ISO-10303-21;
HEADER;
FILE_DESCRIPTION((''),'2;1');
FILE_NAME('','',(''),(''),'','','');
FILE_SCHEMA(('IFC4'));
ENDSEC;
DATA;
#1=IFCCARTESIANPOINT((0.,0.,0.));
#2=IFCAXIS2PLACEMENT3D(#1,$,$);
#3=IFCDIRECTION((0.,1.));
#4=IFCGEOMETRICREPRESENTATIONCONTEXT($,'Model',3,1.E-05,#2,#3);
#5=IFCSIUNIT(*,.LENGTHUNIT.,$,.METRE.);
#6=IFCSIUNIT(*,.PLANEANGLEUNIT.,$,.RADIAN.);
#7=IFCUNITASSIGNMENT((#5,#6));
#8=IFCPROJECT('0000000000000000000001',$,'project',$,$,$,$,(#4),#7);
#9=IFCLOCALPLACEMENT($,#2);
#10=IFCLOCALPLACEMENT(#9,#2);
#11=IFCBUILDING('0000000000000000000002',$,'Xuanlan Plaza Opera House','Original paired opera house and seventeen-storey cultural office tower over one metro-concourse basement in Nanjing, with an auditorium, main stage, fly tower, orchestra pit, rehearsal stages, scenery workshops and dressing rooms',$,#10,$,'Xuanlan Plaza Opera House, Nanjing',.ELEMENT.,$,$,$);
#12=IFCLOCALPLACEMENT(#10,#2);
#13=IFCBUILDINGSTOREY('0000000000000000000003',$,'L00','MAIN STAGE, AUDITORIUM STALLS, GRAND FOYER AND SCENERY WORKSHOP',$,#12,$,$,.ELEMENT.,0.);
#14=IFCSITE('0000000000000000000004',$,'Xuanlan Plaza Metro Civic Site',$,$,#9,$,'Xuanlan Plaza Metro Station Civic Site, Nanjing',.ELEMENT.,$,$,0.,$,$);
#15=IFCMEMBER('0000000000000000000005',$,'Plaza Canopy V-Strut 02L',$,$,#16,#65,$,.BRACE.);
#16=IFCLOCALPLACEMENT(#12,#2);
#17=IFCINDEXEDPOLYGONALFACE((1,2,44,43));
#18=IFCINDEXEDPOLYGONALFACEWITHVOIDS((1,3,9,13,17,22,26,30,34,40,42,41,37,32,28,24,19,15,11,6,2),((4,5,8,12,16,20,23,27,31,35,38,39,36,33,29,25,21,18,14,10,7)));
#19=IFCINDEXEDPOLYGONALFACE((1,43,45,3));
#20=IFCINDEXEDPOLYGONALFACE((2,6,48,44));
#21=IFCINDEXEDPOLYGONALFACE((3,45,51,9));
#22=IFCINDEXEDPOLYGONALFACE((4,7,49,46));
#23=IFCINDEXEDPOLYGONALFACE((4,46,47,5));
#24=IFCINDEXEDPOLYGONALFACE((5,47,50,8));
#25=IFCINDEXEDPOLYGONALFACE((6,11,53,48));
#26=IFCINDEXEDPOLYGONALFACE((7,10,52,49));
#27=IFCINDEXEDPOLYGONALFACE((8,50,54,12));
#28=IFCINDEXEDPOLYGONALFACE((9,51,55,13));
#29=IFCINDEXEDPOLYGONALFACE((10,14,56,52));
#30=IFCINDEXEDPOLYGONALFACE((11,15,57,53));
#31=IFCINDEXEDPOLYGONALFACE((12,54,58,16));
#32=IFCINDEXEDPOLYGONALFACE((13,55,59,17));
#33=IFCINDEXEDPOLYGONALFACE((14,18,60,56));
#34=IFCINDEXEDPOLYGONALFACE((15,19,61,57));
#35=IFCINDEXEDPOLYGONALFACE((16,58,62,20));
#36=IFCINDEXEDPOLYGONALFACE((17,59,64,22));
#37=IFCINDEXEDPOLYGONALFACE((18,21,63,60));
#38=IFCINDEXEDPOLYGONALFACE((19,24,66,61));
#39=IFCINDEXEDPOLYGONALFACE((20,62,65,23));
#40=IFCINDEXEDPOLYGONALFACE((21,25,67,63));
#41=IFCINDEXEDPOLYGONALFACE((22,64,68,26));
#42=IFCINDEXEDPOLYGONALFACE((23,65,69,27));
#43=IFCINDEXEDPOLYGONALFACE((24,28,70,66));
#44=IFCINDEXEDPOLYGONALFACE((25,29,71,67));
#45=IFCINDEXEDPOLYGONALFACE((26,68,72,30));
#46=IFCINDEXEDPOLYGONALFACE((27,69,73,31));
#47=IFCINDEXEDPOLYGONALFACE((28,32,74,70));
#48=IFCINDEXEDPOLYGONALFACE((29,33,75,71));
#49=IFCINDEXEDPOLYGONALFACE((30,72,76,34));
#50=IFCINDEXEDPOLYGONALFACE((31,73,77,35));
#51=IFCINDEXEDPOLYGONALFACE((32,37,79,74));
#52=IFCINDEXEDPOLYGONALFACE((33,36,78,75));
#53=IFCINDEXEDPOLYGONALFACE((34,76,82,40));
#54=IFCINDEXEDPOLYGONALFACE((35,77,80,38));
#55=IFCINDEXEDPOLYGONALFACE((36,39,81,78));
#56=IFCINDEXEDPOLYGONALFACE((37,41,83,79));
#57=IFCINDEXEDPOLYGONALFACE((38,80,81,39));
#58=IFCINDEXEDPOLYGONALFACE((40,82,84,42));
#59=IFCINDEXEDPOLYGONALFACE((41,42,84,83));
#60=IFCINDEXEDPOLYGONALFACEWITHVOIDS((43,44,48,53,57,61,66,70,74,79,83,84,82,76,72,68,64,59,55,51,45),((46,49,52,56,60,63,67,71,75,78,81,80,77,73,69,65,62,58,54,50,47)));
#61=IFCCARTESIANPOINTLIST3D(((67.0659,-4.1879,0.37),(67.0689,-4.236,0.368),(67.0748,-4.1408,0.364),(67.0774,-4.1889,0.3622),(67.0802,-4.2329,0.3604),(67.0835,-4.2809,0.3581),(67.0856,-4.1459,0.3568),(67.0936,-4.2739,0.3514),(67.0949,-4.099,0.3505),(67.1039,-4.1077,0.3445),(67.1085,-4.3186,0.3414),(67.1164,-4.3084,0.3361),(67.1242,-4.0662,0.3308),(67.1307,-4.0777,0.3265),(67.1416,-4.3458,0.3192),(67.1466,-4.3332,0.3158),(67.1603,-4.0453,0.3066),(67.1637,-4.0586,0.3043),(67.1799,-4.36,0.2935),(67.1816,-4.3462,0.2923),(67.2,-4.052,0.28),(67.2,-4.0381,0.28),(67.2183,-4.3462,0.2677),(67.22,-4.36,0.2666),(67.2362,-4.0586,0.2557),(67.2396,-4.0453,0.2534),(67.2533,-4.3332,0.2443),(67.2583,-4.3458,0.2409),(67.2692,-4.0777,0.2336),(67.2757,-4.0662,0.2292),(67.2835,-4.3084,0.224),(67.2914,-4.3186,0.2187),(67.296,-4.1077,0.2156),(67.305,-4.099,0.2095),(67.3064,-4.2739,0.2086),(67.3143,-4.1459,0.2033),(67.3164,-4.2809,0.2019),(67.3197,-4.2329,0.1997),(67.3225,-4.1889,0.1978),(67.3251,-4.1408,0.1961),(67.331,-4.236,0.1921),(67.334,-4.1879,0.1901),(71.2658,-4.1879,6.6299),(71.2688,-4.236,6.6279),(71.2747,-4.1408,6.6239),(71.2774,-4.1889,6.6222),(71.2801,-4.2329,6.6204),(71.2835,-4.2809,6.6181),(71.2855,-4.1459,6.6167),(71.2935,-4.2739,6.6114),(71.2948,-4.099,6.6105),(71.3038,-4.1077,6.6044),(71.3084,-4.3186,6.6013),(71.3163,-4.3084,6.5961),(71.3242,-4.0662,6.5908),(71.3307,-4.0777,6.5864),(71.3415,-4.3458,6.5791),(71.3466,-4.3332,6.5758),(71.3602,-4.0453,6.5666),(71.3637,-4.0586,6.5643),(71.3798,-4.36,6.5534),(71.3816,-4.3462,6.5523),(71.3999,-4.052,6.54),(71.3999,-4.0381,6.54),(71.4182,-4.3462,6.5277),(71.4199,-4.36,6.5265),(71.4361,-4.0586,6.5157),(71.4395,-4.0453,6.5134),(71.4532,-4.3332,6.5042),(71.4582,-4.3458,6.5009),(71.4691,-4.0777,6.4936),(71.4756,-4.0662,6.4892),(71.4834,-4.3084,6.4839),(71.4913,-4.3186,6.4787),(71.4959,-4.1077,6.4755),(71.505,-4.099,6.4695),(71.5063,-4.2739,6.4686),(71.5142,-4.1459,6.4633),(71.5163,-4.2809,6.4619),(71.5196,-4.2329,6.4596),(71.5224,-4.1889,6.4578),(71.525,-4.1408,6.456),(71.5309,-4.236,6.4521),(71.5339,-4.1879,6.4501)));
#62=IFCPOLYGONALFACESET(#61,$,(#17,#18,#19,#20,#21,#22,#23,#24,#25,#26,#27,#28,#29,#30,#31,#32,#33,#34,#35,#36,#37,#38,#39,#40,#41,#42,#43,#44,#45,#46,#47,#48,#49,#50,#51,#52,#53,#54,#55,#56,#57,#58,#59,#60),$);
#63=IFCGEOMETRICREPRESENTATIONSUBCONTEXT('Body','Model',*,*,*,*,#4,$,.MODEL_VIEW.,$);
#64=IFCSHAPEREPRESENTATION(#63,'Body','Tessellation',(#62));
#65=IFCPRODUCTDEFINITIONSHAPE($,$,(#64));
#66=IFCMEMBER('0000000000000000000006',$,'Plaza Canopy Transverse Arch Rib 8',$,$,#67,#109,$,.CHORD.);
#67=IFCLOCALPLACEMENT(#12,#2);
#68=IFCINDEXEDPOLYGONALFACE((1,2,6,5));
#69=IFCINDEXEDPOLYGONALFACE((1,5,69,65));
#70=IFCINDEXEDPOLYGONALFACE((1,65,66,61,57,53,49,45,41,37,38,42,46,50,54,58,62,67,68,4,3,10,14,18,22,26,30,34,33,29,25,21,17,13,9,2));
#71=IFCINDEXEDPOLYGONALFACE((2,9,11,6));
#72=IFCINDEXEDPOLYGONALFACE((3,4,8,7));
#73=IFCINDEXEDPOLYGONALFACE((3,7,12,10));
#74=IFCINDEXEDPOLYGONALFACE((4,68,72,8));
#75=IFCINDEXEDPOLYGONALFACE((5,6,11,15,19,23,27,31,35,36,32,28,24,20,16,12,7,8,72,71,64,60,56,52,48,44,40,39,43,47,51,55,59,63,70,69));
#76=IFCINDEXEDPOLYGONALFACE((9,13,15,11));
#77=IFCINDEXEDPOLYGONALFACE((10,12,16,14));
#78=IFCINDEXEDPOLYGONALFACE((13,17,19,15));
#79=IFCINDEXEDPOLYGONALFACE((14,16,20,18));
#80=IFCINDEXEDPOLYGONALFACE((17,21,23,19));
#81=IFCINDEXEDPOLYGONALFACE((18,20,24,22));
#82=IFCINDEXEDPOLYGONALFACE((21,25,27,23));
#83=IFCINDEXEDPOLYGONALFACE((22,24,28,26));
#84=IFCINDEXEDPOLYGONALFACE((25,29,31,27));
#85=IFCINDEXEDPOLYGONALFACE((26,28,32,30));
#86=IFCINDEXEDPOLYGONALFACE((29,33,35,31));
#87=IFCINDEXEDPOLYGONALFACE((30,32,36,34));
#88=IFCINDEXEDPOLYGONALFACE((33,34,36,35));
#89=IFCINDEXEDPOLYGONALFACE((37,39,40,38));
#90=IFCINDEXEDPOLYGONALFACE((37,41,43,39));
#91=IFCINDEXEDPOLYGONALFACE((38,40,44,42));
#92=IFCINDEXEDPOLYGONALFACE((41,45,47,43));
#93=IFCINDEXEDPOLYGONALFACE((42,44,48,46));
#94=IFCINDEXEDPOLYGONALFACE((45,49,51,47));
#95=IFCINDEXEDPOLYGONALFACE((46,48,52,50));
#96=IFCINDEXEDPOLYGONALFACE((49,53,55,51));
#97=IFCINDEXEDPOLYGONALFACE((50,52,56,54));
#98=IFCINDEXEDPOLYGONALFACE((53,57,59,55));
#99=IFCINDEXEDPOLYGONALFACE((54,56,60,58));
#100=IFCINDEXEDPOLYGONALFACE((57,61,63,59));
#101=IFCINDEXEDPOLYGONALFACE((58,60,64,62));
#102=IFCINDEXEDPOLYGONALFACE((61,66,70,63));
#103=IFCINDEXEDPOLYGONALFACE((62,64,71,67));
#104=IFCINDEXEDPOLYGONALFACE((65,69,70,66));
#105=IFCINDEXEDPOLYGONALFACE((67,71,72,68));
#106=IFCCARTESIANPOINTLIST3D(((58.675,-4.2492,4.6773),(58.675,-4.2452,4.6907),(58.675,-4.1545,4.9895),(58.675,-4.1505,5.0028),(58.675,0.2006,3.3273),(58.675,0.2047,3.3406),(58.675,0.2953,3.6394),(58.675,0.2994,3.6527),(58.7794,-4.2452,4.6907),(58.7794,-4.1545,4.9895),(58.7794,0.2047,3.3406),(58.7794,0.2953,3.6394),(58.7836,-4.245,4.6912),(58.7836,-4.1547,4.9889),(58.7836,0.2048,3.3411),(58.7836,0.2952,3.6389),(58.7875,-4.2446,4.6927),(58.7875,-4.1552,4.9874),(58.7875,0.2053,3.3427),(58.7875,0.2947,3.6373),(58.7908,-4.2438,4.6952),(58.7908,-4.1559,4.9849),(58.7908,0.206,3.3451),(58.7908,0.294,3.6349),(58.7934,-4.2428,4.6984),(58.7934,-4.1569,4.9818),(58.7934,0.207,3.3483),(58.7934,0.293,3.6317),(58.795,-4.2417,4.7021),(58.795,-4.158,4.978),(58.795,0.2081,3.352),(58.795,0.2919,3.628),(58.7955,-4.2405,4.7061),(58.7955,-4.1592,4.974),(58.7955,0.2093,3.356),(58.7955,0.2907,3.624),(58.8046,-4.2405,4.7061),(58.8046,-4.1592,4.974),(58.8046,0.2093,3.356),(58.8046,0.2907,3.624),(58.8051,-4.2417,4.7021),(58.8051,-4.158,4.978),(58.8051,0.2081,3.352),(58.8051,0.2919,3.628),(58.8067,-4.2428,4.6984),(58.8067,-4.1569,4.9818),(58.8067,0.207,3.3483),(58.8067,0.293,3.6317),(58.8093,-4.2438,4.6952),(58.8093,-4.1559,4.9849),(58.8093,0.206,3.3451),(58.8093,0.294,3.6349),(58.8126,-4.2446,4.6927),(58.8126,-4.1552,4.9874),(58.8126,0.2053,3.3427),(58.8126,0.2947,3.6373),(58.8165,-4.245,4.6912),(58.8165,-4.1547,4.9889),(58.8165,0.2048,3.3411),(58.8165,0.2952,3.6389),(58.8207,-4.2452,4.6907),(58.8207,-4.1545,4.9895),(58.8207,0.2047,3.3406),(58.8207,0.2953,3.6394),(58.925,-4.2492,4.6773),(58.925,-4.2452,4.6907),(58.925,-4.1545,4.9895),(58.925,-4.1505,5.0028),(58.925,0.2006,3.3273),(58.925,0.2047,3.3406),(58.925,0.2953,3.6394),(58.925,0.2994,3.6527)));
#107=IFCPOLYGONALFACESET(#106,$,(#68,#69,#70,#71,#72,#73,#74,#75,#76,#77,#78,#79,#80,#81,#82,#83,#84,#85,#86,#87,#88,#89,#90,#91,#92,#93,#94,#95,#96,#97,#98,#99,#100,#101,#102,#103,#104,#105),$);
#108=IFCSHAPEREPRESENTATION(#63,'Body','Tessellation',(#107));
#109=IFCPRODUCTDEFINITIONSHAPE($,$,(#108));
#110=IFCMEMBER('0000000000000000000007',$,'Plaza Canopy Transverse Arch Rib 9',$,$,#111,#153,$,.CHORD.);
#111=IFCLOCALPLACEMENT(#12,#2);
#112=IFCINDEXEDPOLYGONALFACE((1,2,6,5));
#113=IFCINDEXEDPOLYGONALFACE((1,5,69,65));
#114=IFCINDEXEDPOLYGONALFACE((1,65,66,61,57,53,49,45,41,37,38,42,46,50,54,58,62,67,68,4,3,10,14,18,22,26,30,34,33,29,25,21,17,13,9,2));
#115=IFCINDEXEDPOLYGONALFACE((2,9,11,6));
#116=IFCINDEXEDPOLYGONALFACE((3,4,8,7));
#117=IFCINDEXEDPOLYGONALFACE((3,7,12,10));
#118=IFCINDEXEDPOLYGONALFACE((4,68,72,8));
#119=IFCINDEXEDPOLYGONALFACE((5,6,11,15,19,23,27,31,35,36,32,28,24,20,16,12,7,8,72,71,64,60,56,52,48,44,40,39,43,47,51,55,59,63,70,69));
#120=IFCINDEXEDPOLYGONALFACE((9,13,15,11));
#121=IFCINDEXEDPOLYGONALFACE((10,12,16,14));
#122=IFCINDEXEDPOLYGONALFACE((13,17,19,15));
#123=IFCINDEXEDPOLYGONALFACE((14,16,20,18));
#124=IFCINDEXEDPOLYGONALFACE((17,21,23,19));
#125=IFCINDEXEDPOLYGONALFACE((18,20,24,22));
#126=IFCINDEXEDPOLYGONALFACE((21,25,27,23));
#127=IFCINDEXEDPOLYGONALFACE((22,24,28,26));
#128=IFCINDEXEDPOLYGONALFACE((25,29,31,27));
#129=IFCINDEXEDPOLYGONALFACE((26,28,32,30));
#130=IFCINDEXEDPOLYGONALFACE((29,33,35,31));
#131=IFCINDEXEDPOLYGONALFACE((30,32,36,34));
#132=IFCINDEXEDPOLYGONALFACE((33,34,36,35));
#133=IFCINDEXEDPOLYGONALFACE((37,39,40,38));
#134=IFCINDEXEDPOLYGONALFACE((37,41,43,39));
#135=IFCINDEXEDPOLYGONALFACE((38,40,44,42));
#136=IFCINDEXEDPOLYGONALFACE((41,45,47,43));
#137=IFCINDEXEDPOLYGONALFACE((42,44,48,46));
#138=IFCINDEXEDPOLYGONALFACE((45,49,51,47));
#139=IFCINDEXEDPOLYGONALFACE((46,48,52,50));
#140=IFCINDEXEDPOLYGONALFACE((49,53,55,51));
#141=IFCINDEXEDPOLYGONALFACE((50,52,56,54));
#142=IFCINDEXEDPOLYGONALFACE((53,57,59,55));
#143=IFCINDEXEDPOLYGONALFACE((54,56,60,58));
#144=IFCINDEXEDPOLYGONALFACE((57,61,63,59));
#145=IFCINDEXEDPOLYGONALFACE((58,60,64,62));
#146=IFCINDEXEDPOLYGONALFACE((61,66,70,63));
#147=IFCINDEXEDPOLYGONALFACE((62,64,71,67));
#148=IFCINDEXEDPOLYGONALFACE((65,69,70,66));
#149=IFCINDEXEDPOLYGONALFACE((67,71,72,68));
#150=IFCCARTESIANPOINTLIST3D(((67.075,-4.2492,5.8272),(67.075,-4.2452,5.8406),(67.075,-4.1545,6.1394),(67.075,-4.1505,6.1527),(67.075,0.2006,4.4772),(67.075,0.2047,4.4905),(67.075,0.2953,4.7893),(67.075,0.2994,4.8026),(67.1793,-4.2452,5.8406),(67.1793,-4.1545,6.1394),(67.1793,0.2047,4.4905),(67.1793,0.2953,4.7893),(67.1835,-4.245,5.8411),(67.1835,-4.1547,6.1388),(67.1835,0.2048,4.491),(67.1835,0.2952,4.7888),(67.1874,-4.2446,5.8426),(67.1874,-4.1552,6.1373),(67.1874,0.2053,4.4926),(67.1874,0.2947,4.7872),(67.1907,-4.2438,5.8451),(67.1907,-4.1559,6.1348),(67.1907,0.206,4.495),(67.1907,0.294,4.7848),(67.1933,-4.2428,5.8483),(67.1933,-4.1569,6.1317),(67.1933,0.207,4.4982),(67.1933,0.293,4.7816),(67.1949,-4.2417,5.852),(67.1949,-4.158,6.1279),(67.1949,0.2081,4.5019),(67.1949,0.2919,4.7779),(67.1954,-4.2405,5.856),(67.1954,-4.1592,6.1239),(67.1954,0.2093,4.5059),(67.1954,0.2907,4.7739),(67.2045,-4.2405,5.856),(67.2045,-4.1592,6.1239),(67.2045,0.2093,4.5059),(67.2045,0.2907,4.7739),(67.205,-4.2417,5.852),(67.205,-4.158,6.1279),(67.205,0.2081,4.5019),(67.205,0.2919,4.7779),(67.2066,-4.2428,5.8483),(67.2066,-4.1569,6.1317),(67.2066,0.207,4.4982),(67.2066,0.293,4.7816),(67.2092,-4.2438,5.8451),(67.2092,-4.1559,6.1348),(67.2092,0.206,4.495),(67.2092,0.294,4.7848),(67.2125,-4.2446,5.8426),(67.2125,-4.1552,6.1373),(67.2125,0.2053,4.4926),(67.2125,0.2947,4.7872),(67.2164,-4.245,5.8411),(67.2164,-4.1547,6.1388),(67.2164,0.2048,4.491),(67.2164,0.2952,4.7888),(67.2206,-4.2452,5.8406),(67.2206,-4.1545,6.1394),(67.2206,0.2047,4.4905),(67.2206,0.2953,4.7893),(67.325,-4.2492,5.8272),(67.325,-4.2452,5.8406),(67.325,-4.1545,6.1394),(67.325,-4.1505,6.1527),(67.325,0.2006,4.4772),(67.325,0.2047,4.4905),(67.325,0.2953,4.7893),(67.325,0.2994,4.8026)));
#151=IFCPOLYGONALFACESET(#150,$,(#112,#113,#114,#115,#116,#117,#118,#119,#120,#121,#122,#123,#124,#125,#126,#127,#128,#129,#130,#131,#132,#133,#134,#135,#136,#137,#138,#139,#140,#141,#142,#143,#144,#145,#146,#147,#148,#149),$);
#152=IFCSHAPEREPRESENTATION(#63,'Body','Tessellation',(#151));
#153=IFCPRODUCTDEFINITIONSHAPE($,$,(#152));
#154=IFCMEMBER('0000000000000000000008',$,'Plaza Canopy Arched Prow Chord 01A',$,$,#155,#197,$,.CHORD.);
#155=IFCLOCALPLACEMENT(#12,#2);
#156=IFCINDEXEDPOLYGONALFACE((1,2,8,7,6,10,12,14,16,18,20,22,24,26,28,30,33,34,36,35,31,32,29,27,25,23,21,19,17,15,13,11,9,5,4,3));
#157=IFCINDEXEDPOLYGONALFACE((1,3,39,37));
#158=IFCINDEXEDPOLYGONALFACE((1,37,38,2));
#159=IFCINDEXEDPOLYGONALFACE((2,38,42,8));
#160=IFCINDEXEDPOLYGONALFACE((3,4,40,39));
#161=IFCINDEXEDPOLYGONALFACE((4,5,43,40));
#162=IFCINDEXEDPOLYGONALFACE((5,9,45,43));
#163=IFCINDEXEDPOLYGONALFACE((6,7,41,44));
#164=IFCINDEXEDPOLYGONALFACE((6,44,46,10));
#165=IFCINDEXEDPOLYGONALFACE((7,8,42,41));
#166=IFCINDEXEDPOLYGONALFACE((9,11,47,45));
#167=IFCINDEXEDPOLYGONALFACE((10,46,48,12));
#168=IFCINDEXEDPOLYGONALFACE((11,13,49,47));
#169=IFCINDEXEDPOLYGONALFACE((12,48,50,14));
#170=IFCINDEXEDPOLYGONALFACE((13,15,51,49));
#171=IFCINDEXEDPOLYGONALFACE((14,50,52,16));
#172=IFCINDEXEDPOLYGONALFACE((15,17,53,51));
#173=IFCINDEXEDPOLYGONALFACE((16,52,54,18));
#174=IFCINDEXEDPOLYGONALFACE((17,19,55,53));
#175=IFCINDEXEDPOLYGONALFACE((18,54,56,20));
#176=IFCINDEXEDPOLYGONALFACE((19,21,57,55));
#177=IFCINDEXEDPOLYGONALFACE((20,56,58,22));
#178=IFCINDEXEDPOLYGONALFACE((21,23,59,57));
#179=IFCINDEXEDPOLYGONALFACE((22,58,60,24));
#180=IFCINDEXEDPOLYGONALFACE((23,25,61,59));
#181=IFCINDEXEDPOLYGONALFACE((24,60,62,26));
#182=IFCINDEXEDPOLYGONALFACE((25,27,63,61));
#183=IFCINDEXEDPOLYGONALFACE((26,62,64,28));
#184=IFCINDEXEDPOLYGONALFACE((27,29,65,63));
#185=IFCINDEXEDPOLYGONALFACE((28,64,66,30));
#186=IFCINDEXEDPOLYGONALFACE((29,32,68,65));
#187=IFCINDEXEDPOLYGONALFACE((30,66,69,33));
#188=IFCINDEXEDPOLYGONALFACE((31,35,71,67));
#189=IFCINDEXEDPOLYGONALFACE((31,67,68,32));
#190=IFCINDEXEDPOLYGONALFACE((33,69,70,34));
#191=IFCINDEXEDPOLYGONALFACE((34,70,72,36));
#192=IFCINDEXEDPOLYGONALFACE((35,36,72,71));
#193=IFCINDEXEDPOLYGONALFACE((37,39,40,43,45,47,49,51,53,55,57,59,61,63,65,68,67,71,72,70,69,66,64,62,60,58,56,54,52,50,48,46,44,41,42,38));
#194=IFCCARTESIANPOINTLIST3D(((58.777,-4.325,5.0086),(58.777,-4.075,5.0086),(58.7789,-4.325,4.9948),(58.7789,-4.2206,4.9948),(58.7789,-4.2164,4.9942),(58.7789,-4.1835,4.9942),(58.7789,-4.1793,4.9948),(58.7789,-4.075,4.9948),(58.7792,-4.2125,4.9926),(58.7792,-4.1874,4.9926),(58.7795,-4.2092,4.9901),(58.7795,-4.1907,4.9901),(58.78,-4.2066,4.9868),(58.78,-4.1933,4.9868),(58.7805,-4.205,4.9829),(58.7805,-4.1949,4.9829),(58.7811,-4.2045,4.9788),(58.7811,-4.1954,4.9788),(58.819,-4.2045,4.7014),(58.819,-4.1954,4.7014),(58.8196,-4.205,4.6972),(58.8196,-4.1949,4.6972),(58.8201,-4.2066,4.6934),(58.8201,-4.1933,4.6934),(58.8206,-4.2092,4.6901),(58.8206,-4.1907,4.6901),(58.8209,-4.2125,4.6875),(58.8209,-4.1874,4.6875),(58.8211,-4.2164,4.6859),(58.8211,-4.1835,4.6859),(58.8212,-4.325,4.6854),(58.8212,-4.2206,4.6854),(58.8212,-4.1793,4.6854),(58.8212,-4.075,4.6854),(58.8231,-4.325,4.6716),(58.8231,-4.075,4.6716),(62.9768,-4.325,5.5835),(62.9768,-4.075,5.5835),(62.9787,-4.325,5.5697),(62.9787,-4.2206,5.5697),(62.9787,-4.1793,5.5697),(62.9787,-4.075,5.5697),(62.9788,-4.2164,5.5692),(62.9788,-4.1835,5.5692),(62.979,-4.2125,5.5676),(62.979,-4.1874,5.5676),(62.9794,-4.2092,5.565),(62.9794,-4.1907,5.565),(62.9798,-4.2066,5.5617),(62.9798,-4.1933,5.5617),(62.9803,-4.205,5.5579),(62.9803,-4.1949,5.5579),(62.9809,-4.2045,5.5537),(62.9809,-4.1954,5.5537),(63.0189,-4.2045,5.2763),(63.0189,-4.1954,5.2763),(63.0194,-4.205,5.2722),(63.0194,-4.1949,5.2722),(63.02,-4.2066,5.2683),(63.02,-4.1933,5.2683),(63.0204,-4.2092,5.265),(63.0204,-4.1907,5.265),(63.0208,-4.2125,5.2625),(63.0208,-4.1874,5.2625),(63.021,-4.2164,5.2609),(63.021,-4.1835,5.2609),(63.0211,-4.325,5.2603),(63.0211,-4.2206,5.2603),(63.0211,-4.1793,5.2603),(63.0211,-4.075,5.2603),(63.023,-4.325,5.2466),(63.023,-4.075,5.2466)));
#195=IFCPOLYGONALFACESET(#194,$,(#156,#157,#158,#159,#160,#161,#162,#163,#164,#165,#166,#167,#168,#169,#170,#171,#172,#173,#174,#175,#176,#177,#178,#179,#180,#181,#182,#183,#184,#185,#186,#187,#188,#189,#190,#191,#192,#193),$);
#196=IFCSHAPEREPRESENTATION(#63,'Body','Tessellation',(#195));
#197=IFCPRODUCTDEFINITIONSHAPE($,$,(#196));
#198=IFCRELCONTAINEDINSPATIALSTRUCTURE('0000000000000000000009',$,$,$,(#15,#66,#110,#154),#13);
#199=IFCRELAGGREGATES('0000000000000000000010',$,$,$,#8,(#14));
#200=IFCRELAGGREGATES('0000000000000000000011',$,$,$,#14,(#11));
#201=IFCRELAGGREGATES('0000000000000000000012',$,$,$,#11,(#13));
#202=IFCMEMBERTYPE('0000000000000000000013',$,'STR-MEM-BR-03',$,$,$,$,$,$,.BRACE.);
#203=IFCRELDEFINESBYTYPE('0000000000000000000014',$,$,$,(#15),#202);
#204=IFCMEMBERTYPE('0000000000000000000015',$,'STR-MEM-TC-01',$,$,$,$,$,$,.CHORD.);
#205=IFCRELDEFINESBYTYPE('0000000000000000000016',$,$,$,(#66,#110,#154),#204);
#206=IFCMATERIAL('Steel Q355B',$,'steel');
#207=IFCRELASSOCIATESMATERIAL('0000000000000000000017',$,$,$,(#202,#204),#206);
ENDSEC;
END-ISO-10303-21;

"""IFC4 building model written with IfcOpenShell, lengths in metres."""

from ifc_helpers import new_model, si_unit, direction, frame, origin, origin_2d, place, context, subcontext, project, spatial, hollow_circle, i_section, extrude, material, material_profile, profile_set, type_object, element, save


model = new_model("IFC4")

# Units and contexts
model_context = context("Model", 3, precision=1e-05, world=origin(), true_north=direction((0.0, 1.0)))
body_context = subcontext(model_context, "Body", "Model", "MODEL_VIEW")
ifc_project = project(units=[si_unit("LENGTHUNIT", "METRE"), si_unit("PLANEANGLEUNIT", "RADIAN")], contexts=[model_context])

# Site, building, storey
site_placement = place(None, origin())
site = spatial("IfcSite", under=ifc_project, at=site_placement, Name="Xuanlan Plaza Metro Civic Site", LongName="Xuanlan Plaza Metro Station Civic Site, Nanjing", CompositionType="ELEMENT", RefElevation=0.0)
building_placement = place(site_placement, origin())
building = spatial("IfcBuilding", under=site, at=building_placement, Name="Xuanlan Plaza Opera House", Description="Original paired opera house and seventeen-storey cultural office tower over one metro-concourse basement in Nanjing, with an auditorium, main stage, fly tower, orchestra pit, rehearsal stages, scenery workshops and dressing rooms", LongName="Xuanlan Plaza Opera House, Nanjing", CompositionType="ELEMENT")
storey_placement = place(building_placement, origin())
storey = spatial("IfcBuildingStorey", under=building, at=storey_placement, Name="L00", Description="MAIN STAGE, AUDITORIUM STALLS, GRAND FOYER AND SCENERY WORKSHOP", CompositionType="ELEMENT", Elevation=0.0)

# Members
ifc_material_1 = material(Name="Steel Q355B", Category="steel")
ifc_material_profile_1 = material_profile(ifc_material_1, hollow_circle(Radius=0.1619, WallThickness=0.0139, at=origin_2d()), Name="CHS 323.9x14")
ifc_profile_set_1 = profile_set([ifc_material_profile_1], Name="Steel Q355B")
member_type_1 = type_object("IfcMemberType", Name="STR-MEM-BR-03", PredefinedType="BRACE", material=ifc_profile_set_1)
member_1_placement = place(storey_placement, frame((67.2, -4.2, 0.28), z_axis=(0.557142, 0.0, 0.830417), x_axis=(0.0, 1.0, 0.0)))
element("IfcMember", 1, at=member_1_placement, inside=storey, type_object=member_type_1, Name="Plaza Canopy V-Strut 02L", PredefinedType="BRACE", context=body_context, shape_type="SweptSolid", body=[
    extrude(hollow_circle(Radius=0.1619, WallThickness=0.0139, at=origin_2d()), origin(), (0.0, 0.0, 1.0), 7.5383),
])
ifc_material_profile_2 = material_profile(ifc_material_1, i_section(OverallWidth=0.25, OverallDepth=0.3401, WebThickness=0.009, FlangeThickness=0.0139, FilletRadius=0.0161, at=origin_2d()), Name="HM 340x250x9x14")
ifc_profile_set_2 = profile_set([ifc_material_profile_2], Name="Steel Q355B")
member_type_2 = type_object("IfcMemberType", Name="STR-MEM-TC-01", PredefinedType="CHORD", material=ifc_profile_set_2)
for number, where, z_axis, x_axis, name in (
    (2, (58.8, 0.25, 3.49), (0.0, -0.956927, 0.290328), (1.0, 0.0, 0.0), "Plaza Canopy Transverse Arch Rib 8"),
    (3, (67.2, 0.25, 4.6399), (0.0, -0.956927, 0.290328), (1.0, 0.0, 0.0), "Plaza Canopy Transverse Arch Rib 9"),
):
    element("IfcMember", number, at=place(storey_placement, frame(where, z_axis=z_axis, x_axis=x_axis)), inside=storey, type_object=member_type_2, Name=name, PredefinedType="CHORD", context=body_context, shape_type="SweptSolid", body=[
        extrude(i_section(OverallWidth=0.25, OverallDepth=0.3401, WebThickness=0.009, FlangeThickness=0.0139, FilletRadius=0.0161, at=origin_2d()), origin(), (0.0, 0.0, 1.0), 4.6501),
    ])
for number, where, z_axis, x_axis, name in (
    (4, (58.8, -4.2, 4.8401), (0.99076, 0.0, 0.13563), (0.0, 1.0, 0.0), "Plaza Canopy Arched Prow Chord 01A"),
):
    element("IfcMember", number, at=place(storey_placement, frame(where, z_axis=z_axis, x_axis=x_axis)), inside=storey, type_object=member_type_2, Name=name, PredefinedType="CHORD", context=body_context, shape_type="SweptSolid", body=[
        extrude(i_section(OverallWidth=0.25, OverallDepth=0.3401, WebThickness=0.009, FlangeThickness=0.0139, FilletRadius=0.0161, at=origin_2d()), origin(), (0.0, 0.0, 1.0), 4.239),
    ])

save(model, "model.ifc")
